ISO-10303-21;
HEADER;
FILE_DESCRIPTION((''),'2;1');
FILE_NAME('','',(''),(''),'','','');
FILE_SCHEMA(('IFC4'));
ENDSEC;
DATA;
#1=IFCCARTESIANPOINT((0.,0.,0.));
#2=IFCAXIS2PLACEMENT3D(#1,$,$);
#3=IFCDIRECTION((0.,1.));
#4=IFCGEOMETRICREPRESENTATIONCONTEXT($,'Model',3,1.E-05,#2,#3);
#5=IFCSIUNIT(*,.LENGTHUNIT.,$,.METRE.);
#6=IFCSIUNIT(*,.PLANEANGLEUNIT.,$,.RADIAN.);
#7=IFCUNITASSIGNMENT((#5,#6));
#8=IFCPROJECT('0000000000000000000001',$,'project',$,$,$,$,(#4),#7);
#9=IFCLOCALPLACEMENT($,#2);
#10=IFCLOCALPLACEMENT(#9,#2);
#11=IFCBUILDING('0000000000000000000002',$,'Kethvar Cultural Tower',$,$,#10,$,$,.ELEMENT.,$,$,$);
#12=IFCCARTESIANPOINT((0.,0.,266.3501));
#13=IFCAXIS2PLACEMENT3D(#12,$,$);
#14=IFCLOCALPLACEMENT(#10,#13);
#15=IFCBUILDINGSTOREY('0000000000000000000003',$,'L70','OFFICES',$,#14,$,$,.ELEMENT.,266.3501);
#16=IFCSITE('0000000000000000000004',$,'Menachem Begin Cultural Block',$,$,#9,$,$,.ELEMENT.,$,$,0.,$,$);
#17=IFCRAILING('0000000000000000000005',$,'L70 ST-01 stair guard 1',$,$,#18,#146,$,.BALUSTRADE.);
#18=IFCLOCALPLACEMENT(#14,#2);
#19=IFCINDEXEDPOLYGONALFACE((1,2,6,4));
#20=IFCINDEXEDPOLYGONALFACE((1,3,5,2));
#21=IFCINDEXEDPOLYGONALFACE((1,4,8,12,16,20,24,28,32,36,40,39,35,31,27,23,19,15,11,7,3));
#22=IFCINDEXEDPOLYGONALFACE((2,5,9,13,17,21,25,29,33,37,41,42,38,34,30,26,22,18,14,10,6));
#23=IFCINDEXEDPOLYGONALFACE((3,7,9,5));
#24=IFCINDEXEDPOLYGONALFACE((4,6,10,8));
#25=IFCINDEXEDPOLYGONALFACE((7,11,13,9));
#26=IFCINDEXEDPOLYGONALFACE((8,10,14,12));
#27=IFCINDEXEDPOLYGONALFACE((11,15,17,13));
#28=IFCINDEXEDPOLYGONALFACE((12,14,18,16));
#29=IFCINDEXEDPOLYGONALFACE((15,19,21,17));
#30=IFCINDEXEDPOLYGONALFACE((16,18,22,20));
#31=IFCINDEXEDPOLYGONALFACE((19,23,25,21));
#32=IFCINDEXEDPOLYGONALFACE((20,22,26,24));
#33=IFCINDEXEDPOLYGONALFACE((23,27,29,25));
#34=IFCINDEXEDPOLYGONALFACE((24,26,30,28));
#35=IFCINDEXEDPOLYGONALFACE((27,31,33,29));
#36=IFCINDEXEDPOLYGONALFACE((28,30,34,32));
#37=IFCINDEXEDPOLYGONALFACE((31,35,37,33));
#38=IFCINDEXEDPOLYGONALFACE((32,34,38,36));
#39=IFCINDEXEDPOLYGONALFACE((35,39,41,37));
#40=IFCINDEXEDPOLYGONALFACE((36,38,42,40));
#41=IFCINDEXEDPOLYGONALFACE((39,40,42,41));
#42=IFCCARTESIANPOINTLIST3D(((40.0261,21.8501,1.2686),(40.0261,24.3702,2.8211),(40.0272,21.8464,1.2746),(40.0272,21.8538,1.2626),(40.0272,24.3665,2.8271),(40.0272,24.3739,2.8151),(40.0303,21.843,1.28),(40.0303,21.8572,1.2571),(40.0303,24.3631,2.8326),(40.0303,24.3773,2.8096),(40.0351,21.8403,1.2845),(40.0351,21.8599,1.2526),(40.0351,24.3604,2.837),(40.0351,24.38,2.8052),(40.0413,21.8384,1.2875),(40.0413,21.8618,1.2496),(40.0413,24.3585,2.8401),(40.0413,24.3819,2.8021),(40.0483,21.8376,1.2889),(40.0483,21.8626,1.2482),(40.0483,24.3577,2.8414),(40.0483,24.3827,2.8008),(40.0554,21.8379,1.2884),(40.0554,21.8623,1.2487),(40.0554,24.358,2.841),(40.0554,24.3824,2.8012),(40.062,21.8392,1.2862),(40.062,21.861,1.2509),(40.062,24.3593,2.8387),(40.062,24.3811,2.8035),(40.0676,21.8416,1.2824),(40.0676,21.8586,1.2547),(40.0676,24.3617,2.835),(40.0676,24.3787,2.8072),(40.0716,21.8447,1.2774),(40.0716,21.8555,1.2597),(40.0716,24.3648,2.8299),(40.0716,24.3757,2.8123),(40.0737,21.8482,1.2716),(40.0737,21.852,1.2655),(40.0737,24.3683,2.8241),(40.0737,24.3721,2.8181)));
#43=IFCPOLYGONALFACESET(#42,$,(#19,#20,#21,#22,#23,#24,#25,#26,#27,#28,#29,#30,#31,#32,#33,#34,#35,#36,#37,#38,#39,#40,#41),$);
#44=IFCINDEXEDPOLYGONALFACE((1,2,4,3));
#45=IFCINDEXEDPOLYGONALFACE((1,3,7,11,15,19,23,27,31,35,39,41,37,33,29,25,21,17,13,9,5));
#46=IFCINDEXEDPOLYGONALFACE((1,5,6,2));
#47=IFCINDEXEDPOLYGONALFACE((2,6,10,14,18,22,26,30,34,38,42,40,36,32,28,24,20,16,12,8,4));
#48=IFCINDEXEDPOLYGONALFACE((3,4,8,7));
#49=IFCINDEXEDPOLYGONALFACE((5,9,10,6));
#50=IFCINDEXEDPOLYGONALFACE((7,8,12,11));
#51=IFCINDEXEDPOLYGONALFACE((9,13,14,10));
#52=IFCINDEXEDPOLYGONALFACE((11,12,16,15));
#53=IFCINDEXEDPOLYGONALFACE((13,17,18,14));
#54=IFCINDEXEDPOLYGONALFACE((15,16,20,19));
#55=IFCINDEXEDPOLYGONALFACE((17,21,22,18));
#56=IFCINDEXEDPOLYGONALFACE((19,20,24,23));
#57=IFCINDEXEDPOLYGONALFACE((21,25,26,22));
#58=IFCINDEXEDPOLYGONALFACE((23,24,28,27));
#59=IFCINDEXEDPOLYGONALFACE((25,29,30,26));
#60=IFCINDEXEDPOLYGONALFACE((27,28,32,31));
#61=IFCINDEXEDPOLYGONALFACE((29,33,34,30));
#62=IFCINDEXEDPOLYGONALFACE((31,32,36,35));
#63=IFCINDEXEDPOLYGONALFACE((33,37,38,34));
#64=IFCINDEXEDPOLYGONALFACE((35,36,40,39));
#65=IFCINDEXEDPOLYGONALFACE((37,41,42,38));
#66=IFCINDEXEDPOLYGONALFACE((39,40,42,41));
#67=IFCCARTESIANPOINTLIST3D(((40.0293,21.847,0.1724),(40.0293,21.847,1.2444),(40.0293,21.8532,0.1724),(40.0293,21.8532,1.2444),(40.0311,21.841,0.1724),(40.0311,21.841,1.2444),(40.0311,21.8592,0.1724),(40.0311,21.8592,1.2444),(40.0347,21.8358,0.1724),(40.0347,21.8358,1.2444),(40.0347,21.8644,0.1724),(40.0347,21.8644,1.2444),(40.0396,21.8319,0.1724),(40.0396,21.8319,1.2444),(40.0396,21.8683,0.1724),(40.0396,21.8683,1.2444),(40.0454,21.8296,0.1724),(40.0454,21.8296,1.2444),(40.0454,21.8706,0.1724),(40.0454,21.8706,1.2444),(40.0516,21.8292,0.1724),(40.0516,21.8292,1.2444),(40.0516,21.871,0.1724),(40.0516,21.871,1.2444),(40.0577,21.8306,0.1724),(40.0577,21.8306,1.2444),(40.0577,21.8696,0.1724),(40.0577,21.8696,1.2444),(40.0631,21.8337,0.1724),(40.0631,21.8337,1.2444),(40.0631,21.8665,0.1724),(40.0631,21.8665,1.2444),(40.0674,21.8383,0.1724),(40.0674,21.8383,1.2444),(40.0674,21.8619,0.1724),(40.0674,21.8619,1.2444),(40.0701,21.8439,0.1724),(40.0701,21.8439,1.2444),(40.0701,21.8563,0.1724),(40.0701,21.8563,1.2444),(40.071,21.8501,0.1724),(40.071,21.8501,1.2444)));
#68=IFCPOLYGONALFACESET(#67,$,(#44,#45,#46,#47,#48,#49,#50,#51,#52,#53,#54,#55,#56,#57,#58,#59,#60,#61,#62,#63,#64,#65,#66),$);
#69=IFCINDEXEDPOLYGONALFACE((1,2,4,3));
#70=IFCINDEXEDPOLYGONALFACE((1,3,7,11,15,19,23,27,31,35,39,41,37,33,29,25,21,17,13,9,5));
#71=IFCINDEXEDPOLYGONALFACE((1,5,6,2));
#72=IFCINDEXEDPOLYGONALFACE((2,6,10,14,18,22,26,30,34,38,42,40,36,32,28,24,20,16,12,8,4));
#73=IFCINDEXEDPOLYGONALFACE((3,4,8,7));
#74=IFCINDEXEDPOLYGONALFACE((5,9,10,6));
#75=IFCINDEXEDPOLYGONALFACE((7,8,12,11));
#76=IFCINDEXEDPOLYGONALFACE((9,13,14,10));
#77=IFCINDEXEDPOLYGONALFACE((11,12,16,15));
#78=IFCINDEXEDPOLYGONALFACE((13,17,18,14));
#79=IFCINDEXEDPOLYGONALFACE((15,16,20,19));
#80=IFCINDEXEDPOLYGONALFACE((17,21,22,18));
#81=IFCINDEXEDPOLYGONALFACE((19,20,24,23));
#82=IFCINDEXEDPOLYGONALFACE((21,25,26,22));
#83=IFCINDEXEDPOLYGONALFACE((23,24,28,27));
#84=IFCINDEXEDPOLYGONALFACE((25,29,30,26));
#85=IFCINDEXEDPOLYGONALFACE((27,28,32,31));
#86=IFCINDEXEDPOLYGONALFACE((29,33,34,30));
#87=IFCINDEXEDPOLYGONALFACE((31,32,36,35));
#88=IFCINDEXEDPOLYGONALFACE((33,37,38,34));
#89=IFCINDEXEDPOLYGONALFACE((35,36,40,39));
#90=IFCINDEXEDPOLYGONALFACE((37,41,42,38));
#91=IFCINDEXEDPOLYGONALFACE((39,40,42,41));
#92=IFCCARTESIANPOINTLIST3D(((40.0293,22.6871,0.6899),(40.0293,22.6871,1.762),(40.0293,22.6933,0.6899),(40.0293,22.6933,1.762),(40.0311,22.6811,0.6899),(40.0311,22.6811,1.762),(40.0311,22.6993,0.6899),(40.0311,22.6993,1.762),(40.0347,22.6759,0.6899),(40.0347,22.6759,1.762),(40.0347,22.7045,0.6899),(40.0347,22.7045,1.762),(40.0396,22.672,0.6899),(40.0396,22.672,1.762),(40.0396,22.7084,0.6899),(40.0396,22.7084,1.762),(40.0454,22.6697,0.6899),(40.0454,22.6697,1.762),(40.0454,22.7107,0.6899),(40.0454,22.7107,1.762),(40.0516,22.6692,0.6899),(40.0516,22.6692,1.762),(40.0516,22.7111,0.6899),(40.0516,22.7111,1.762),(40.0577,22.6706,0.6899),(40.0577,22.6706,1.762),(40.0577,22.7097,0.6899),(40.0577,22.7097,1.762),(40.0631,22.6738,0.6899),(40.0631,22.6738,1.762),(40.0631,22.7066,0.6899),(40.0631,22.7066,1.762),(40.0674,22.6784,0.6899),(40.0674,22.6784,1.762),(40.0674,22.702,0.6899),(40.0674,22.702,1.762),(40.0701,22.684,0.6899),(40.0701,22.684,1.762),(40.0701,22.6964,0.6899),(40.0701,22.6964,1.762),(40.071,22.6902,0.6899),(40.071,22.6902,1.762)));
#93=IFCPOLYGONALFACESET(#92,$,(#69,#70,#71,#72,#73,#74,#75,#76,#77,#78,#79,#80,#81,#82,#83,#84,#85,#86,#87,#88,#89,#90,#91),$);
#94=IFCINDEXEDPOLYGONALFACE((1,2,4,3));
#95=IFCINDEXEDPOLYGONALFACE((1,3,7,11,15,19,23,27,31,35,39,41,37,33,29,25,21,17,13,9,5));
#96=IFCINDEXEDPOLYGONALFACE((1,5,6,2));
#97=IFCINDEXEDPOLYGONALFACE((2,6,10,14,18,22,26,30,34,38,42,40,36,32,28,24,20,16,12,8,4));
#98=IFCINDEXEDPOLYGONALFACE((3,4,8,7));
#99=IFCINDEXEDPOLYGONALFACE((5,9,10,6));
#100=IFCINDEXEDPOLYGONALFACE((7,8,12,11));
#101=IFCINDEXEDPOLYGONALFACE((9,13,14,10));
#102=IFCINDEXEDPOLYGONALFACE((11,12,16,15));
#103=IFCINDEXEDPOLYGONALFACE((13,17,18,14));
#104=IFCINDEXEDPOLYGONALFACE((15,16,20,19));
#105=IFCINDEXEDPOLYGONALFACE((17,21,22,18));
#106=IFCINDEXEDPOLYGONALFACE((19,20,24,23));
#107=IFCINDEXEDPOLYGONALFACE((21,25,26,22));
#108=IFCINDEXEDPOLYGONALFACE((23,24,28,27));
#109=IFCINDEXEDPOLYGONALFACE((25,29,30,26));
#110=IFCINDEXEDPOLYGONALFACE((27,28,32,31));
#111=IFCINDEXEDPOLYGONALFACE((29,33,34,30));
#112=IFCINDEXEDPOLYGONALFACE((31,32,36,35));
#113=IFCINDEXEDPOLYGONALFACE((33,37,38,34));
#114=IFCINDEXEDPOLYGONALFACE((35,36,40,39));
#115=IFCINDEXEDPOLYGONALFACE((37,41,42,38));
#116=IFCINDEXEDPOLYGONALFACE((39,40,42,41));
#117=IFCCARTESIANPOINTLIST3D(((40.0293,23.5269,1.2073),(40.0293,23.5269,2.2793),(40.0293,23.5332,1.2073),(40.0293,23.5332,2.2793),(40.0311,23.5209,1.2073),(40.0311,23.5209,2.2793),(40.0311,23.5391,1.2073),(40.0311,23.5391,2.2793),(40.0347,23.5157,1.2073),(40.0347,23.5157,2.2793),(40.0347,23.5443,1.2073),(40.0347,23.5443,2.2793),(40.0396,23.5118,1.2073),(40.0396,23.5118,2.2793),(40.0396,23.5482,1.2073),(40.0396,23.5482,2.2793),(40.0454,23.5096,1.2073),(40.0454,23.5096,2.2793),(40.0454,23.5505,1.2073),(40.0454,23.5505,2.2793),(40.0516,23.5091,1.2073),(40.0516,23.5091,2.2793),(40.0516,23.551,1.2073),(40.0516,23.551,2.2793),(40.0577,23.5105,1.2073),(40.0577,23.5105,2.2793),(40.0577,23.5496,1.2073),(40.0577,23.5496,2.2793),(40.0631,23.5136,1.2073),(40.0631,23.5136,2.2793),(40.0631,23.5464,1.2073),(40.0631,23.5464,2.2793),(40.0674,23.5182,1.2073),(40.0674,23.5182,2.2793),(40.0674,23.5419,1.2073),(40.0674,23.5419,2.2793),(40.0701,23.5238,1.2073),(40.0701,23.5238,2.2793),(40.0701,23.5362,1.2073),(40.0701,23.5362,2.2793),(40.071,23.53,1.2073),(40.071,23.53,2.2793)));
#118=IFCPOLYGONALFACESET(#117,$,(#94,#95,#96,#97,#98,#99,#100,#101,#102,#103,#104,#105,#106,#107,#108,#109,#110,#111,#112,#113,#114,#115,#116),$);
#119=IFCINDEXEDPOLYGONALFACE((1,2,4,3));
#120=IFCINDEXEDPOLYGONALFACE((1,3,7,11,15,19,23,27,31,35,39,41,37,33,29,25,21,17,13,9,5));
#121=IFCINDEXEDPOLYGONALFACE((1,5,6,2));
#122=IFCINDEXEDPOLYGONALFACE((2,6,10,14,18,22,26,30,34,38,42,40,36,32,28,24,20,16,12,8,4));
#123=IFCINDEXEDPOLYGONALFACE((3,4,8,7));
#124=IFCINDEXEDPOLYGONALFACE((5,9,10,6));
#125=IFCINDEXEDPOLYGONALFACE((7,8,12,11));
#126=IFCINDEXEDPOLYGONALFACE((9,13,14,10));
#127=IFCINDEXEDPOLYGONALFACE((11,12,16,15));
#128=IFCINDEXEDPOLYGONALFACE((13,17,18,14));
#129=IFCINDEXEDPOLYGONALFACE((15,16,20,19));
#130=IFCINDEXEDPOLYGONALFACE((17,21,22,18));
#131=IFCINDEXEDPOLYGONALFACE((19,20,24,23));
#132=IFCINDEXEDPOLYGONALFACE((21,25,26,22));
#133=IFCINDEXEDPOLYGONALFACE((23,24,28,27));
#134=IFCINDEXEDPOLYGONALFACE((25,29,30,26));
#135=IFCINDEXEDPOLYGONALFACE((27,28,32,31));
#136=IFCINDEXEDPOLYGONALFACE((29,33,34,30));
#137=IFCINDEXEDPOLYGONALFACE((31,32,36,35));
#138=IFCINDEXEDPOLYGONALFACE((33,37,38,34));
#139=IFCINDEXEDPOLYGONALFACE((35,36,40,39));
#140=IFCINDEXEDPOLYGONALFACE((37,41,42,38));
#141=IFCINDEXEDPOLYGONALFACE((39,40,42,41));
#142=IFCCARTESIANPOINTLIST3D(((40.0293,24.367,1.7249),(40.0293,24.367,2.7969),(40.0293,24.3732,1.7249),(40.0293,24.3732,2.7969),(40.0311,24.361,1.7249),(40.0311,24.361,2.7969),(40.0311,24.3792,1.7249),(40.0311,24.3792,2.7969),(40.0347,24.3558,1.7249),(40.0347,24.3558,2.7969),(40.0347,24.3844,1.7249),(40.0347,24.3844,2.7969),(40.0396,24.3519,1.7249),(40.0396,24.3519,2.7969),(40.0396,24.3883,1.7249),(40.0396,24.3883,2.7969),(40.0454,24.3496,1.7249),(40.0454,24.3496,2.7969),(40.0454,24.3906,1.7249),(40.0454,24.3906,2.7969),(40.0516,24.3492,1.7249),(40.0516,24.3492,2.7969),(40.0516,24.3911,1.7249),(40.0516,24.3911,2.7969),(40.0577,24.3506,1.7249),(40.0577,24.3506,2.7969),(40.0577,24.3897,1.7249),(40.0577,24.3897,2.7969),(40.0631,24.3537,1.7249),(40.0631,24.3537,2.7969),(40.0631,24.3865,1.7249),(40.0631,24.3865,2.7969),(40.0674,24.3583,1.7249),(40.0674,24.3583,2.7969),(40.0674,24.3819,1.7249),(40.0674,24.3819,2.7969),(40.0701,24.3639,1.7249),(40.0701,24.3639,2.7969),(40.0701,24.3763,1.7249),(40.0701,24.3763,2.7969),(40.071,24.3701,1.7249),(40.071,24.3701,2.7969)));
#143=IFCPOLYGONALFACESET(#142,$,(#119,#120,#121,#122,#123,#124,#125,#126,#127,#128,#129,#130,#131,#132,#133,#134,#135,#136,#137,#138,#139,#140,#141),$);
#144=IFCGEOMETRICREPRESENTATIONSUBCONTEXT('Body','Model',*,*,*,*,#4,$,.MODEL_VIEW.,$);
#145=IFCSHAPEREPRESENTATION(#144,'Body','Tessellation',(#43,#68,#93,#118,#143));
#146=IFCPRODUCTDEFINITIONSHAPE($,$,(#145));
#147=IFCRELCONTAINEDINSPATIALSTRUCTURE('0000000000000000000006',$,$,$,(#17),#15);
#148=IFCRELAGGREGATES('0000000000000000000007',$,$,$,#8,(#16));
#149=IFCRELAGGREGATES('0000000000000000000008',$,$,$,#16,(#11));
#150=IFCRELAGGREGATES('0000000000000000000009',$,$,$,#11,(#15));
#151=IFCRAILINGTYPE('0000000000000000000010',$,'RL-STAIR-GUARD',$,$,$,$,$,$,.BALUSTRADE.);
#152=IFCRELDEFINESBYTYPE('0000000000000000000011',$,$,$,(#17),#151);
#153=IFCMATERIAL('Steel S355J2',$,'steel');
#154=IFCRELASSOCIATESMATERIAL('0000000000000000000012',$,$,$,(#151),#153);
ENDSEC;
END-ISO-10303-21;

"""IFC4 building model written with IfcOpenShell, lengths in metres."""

from ifc_helpers import new_model, si_unit, direction, frame, origin, origin_2d, place, context, subcontext, project, spatial, circle, extrude, material, type_object, element, save


model = new_model("IFC4")

# Units and contexts
model_context = context("Model", 3, precision=1e-05, world=origin(), true_north=direction((0.0, 1.0)))
body_context = subcontext(model_context, "Body", "Model", "MODEL_VIEW")
ifc_project = project(units=[si_unit("LENGTHUNIT", "METRE"), si_unit("PLANEANGLEUNIT", "RADIAN")], contexts=[model_context])

# Site, building, storey
site_placement = place(None, origin())
site = spatial("IfcSite", under=ifc_project, at=site_placement, Name="Menachem Begin Cultural Block", CompositionType="ELEMENT", RefElevation=0.0)
building_placement = place(site_placement, origin())
building = spatial("IfcBuilding", under=site, at=building_placement, Name="Kethvar Cultural Tower", CompositionType="ELEMENT")
storey_placement = place(building_placement, frame((0.0, 0.0, 266.3501)))
storey = spatial("IfcBuildingStorey", under=building, at=storey_placement, Name="L70", Description="OFFICES", CompositionType="ELEMENT", Elevation=266.3501)

# Shared definitions
ifc_material_1 = material(Name="Steel S355J2", Category="steel")

# Railing
railing_type_1 = type_object("IfcRailingType", Name="RL-STAIR-GUARD", PredefinedType="BALUSTRADE", material=ifc_material_1)
railing_1_placement = place(storey_placement, frame((40.05, 21.8501, 0.1724)))
element("IfcRailing", 1, at=railing_1_placement, inside=storey, type_object=railing_type_1, Name="L70 ST-01 stair guard 1", PredefinedType="BALUSTRADE", context=body_context, shape_type="SweptSolid", body=[
    extrude(circle(Radius=0.0239, at=origin_2d()), frame((0.0, 0.0, 1.0962), z_axis=(0.0, 0.8514, 0.524516), x_axis=(-1.0, 0.0, 0.0)), (0.0, 0.0, 1.0), 2.96),
    extrude(circle(Radius=0.021, at=origin_2d()), origin(), (0.0, 0.0, 1.0), 1.072),
    extrude(circle(Radius=0.021, at=origin_2d()), frame((0.0, 0.8401, 0.5176)), (0.0, 0.0, 1.0), 1.072),
    extrude(circle(Radius=0.021, at=origin_2d()), frame((0.0, 1.6799, 1.0349)), (0.0, 0.0, 1.0), 1.072),
    extrude(circle(Radius=0.021, at=origin_2d()), frame((0.0, 2.52, 1.5525)), (0.0, 0.0, 1.0), 1.072),
])

save(model, "model.ifc")
